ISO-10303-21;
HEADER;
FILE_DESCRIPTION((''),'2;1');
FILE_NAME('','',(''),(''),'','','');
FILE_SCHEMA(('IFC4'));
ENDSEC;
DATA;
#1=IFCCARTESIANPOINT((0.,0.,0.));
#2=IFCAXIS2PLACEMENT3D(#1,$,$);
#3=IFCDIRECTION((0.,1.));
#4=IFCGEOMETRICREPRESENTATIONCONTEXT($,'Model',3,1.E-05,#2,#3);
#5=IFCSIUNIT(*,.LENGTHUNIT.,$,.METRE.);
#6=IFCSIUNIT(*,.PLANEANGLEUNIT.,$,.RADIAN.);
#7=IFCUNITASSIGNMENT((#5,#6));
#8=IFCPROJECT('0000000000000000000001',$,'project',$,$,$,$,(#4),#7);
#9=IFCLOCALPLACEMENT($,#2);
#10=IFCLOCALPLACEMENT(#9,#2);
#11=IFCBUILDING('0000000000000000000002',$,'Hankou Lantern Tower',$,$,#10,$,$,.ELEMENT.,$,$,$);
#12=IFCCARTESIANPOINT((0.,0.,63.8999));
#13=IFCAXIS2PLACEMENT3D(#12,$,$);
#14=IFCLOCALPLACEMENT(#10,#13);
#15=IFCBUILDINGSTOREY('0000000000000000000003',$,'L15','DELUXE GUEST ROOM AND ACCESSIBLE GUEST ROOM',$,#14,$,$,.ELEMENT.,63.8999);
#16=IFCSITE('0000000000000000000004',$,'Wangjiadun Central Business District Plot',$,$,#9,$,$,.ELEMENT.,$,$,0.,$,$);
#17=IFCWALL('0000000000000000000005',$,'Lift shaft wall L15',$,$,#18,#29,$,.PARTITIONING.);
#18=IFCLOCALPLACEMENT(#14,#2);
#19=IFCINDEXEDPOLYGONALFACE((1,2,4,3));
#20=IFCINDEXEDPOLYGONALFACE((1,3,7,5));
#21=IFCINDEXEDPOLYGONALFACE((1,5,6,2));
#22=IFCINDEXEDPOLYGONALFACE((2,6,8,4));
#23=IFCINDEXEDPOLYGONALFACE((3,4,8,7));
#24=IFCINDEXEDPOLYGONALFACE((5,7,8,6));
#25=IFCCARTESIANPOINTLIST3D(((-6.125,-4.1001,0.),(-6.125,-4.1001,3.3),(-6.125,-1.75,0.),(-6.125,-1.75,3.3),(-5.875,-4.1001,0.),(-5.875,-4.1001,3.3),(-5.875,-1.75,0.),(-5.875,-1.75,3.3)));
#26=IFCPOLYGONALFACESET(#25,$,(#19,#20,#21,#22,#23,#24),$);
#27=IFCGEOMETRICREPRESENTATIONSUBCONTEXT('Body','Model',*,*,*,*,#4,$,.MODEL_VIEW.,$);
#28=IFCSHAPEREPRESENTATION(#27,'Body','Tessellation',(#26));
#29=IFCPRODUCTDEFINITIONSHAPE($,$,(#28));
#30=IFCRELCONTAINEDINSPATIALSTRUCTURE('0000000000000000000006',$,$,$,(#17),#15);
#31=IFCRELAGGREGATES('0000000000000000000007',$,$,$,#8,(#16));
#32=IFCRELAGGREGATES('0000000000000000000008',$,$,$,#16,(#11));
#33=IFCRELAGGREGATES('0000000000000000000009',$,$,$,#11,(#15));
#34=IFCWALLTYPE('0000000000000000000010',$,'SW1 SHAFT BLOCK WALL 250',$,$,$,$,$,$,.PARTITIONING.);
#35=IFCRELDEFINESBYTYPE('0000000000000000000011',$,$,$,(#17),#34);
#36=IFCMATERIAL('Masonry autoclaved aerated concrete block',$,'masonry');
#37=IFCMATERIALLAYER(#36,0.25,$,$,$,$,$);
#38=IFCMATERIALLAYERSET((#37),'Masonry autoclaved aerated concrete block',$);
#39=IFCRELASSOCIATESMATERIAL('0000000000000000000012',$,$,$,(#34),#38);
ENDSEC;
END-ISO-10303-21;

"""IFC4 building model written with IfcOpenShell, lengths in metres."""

from ifc_helpers import new_model, si_unit, direction, frame, frame_2d, origin, place, context, subcontext, project, spatial, rectangle, extrude, material, layer, layer_set, type_object, element, save


model = new_model("IFC4")

# Units and contexts
model_context = context("Model", 3, precision=1e-05, world=origin(), true_north=direction((0.0, 1.0)))
body_context = subcontext(model_context, "Body", "Model", "MODEL_VIEW")
ifc_project = project(units=[si_unit("LENGTHUNIT", "METRE"), si_unit("PLANEANGLEUNIT", "RADIAN")], contexts=[model_context])

# Site, building, storey
site_placement = place(None, origin())
site = spatial("IfcSite", under=ifc_project, at=site_placement, Name="Wangjiadun Central Business District Plot", CompositionType="ELEMENT", RefElevation=0.0)
building_placement = place(site_placement, origin())
building = spatial("IfcBuilding", under=site, at=building_placement, Name="Hankou Lantern Tower", CompositionType="ELEMENT")
storey_placement = place(building_placement, frame((0.0, 0.0, 63.8999)))
storey = spatial("IfcBuildingStorey", under=building, at=storey_placement, Name="L15", Description="DELUXE GUEST ROOM AND ACCESSIBLE GUEST ROOM", CompositionType="ELEMENT", Elevation=63.8999)

# Wall
ifc_material_1 = material(Name="Masonry autoclaved aerated concrete block", Category="masonry")
ifc_layer_1 = layer(ifc_material_1, 0.25)
ifc_layer_set_1 = layer_set([ifc_layer_1], Name="Masonry autoclaved aerated concrete block")
wall_type_1 = type_object("IfcWallType", Name="SW1 SHAFT BLOCK WALL 250", PredefinedType="PARTITIONING", material=ifc_layer_set_1)
wall_1_placement = place(storey_placement, frame((-6.0, -4.1001, 0.0), z_axis=(0.0, 0.0, 1.0), x_axis=(0.0, 1.0, 0.0)))
element("IfcWall", 1, at=wall_1_placement, inside=storey, type_object=wall_type_1, Name="Lift shaft wall L15", PredefinedType="PARTITIONING", context=body_context, shape_type="SweptSolid", body=[
    extrude(rectangle(XDim=2.3501, YDim=0.25, at=frame_2d((1.175, 0.0))), origin(), (0.0, 0.0, 1.0), 3.3),
])

save(model, "model.ifc")
